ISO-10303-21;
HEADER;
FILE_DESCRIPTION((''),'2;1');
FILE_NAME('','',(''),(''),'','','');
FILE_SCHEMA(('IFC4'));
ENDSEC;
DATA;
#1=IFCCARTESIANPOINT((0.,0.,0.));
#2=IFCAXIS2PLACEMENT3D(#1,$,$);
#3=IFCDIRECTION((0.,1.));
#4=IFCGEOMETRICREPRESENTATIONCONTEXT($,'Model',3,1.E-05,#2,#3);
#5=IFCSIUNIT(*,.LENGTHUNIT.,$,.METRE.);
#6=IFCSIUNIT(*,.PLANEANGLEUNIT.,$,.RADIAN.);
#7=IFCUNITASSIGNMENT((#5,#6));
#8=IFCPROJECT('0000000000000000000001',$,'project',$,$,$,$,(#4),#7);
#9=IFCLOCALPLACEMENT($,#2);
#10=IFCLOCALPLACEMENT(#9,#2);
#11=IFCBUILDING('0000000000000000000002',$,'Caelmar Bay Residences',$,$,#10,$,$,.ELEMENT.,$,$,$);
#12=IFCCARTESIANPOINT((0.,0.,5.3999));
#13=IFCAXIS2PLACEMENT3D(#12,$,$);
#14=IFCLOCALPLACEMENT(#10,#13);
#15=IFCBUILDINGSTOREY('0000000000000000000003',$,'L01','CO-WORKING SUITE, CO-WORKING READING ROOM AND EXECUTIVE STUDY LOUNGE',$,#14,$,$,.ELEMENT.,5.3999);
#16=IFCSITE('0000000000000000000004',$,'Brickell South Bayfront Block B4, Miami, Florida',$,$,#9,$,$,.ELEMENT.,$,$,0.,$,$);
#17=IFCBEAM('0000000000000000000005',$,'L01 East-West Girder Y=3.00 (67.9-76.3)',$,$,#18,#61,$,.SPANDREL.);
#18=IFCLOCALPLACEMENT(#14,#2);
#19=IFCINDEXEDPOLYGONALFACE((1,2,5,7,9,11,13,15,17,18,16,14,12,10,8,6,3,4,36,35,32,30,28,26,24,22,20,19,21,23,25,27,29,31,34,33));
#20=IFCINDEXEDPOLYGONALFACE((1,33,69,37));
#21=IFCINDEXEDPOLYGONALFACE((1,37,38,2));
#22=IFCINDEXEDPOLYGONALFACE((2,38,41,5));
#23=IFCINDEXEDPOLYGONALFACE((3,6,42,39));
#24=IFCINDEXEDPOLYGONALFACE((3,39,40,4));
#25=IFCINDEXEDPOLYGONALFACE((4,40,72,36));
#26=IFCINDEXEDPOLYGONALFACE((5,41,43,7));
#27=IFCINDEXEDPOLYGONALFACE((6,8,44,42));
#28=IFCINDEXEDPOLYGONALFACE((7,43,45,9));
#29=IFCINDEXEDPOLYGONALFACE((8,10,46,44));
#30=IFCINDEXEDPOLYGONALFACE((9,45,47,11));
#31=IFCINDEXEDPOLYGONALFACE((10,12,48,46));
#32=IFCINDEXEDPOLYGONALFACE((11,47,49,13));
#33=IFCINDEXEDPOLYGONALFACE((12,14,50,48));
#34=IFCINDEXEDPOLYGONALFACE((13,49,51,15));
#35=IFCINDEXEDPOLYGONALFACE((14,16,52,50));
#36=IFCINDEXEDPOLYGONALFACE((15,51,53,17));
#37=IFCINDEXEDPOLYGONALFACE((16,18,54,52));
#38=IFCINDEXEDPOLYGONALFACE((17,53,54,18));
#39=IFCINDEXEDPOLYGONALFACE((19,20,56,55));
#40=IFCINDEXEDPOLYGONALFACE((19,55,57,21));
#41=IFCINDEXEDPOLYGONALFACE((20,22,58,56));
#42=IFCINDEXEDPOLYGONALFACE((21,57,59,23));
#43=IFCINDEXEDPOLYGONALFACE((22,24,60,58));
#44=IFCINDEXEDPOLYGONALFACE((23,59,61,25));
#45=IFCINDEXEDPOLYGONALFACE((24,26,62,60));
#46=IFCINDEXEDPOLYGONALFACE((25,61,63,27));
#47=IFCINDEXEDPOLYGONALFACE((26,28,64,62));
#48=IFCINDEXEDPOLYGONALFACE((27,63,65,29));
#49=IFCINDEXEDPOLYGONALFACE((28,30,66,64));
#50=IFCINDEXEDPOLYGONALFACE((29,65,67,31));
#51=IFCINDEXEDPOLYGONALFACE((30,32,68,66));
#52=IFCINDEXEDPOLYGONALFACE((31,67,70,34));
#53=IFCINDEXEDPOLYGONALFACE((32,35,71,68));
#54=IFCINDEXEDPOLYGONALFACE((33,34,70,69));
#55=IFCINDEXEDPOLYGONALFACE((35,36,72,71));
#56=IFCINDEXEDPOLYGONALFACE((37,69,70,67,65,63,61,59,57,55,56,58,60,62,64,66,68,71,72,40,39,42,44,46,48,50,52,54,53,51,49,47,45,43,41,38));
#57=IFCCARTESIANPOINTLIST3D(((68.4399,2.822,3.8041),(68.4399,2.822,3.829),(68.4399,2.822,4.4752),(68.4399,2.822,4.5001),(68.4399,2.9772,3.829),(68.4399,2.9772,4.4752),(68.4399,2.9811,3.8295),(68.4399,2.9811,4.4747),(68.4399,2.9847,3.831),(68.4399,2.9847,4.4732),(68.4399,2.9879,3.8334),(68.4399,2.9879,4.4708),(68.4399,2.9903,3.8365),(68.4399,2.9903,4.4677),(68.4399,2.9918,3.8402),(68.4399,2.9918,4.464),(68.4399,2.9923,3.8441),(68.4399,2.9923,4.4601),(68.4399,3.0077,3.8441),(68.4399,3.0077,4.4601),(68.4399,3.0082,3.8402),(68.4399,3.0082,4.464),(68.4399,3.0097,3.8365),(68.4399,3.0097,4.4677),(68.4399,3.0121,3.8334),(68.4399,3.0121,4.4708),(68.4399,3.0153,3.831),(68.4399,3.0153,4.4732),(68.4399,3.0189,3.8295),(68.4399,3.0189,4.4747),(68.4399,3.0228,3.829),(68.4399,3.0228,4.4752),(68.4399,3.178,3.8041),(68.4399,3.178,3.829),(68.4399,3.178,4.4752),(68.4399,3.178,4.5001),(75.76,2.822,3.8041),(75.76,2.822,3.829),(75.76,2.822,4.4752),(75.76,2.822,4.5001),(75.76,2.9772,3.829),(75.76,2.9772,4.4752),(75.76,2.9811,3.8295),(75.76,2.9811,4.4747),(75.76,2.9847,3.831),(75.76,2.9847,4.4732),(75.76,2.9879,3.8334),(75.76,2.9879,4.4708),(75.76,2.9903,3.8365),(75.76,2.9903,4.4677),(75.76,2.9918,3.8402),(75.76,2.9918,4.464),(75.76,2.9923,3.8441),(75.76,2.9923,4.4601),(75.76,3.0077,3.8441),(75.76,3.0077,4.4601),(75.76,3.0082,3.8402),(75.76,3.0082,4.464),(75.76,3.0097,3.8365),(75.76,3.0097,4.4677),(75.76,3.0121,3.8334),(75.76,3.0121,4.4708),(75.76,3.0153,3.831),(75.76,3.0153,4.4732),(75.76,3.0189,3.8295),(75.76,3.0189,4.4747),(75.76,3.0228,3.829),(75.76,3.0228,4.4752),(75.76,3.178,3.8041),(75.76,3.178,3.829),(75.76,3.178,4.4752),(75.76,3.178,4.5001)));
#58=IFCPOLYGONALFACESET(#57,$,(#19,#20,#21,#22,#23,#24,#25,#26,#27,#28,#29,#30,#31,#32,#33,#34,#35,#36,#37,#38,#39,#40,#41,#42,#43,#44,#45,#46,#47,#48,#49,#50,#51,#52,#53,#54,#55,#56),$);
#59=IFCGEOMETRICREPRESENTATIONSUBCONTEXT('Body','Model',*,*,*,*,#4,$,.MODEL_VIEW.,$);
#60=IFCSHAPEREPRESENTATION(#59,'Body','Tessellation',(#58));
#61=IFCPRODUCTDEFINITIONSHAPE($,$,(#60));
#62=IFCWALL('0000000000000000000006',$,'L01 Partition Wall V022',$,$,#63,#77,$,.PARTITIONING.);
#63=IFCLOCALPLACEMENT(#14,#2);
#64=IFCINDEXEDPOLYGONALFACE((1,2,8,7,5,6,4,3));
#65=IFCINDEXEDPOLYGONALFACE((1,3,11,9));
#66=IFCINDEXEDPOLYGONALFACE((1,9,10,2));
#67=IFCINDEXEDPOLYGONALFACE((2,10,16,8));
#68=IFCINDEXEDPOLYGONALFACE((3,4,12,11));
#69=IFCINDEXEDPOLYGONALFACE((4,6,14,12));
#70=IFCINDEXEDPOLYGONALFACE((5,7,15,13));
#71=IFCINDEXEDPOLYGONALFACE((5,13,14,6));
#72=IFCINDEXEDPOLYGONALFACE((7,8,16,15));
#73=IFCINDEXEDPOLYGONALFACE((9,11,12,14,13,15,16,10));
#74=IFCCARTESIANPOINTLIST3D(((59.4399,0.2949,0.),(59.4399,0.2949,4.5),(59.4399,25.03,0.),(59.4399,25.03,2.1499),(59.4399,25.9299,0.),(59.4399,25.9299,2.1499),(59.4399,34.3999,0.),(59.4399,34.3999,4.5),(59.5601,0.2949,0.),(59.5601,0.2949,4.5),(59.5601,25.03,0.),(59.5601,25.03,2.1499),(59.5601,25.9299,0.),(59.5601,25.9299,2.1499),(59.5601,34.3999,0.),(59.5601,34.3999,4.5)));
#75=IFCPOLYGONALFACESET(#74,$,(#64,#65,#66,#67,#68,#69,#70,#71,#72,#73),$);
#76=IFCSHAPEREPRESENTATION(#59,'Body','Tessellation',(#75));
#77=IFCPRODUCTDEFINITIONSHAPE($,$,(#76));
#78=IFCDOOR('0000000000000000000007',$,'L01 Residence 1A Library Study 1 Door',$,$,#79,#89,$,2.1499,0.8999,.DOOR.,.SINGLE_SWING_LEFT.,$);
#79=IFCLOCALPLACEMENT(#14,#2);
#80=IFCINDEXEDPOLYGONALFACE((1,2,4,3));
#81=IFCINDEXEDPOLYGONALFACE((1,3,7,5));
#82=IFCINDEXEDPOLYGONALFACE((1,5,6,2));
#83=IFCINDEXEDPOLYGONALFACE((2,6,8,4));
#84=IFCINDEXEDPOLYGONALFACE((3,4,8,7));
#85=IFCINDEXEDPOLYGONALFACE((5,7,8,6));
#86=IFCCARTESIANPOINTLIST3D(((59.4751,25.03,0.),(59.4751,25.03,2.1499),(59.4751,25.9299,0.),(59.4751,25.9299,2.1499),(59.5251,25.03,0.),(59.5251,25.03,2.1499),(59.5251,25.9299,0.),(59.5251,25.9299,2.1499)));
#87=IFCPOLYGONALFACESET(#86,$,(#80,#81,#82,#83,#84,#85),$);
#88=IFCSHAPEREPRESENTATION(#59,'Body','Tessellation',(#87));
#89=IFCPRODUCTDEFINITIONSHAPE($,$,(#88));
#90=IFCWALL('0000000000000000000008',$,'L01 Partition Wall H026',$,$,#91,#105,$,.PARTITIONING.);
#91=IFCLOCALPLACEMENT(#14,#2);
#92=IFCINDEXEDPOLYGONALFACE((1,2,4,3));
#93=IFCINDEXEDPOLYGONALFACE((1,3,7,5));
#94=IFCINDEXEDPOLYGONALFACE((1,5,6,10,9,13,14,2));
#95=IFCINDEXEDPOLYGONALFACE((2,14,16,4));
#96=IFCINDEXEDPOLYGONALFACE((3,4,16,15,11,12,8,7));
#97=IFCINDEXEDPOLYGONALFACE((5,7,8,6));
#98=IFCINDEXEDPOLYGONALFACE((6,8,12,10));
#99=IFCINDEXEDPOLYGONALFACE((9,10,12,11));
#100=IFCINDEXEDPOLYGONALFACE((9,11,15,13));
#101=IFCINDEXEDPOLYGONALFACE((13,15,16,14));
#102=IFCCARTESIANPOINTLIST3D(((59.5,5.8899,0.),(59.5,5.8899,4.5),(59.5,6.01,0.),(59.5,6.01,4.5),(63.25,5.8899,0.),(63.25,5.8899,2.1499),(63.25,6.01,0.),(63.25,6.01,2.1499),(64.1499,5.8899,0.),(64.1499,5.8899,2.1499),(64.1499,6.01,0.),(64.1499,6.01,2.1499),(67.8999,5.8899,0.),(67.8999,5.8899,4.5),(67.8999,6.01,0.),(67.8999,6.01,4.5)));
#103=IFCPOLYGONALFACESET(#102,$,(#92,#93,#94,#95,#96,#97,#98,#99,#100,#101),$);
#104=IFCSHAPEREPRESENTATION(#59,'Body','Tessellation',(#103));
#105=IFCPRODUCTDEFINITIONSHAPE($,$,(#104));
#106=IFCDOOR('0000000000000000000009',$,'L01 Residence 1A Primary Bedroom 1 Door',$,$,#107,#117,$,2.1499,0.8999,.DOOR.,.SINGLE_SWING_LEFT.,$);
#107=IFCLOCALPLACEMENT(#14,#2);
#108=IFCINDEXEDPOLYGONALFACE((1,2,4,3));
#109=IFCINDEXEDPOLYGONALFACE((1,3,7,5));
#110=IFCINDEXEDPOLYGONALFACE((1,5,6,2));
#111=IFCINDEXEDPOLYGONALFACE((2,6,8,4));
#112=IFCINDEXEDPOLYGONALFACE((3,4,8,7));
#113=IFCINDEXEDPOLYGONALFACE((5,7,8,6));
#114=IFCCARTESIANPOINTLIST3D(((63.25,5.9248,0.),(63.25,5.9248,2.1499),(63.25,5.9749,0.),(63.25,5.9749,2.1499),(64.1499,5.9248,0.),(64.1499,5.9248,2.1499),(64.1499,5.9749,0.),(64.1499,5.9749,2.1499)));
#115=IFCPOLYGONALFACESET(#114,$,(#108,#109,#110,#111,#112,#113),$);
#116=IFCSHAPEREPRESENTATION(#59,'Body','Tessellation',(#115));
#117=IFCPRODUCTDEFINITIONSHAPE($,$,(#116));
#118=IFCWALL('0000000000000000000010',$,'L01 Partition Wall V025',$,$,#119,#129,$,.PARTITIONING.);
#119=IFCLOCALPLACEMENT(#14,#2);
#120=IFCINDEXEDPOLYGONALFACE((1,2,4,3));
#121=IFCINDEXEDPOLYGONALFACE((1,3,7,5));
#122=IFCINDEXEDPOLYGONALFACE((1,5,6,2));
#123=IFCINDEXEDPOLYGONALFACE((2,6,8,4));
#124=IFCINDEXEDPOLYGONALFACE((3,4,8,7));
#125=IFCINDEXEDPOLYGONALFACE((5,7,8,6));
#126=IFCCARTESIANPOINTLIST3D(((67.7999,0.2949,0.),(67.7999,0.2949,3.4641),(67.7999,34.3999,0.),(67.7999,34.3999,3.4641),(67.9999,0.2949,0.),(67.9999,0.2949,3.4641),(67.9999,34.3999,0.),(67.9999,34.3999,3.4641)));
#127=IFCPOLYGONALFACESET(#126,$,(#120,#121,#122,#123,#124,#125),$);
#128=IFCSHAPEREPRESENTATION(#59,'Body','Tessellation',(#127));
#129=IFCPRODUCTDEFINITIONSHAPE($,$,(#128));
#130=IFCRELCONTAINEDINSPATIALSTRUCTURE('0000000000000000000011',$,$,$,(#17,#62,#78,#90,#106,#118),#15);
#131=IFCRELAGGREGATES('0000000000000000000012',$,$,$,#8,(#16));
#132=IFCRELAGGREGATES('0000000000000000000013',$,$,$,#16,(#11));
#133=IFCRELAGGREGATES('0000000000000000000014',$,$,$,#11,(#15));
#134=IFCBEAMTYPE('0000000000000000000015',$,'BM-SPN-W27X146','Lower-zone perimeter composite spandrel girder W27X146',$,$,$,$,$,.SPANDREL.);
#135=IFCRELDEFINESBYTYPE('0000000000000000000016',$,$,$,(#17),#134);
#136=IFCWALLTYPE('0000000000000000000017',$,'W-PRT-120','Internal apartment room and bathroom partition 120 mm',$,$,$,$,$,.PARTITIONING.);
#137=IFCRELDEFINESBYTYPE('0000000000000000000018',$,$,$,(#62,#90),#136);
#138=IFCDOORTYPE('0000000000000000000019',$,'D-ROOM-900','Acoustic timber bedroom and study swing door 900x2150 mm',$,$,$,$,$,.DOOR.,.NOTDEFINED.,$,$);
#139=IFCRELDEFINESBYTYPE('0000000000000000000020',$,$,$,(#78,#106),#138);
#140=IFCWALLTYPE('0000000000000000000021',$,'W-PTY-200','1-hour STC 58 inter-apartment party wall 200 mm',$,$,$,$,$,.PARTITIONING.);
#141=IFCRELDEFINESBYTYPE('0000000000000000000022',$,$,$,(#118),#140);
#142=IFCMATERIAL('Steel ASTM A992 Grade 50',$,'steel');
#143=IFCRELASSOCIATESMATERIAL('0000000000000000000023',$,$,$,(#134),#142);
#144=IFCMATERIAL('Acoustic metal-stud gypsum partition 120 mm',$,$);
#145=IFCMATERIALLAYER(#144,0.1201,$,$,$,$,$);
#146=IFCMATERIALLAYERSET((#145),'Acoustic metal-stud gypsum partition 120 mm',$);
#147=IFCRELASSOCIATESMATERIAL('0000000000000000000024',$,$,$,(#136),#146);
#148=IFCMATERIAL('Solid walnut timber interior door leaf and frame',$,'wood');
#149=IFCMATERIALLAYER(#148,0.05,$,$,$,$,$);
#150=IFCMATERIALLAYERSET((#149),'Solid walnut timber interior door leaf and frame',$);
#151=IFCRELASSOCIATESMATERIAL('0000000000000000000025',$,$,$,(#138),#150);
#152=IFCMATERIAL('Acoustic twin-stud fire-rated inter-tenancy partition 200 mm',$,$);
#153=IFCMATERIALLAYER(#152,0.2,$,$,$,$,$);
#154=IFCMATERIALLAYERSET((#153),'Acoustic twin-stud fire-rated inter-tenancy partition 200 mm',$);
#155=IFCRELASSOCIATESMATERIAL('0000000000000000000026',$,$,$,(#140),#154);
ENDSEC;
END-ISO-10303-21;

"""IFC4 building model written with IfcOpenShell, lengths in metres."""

from ifc_helpers import new_model, si_unit, direction, frame, frame_2d, origin, origin_2d, place, context, subcontext, project, spatial, rectangle, i_section, extrude, material, layer, layer_set, material_profile, profile_set, type_object, element, fill, save


model = new_model("IFC4")

# Units and contexts
model_context = context("Model", 3, precision=1e-05, world=origin(), true_north=direction((0.0, 1.0)))
body_context = subcontext(model_context, "Body", "Model", "MODEL_VIEW")
ifc_project = project(units=[si_unit("LENGTHUNIT", "METRE"), si_unit("PLANEANGLEUNIT", "RADIAN")], contexts=[model_context])

# Site, building, storey
site_placement = place(None, origin())
site = spatial("IfcSite", under=ifc_project, at=site_placement, Name="Brickell South Bayfront Block B4, Miami, Florida", CompositionType="ELEMENT", RefElevation=0.0)
building_placement = place(site_placement, origin())
building = spatial("IfcBuilding", under=site, at=building_placement, Name="Caelmar Bay Residences", CompositionType="ELEMENT")
storey_placement = place(building_placement, frame((0.0, 0.0, 5.3999)))
storey = spatial("IfcBuildingStorey", under=building, at=storey_placement, Name="L01", Description="CO-WORKING SUITE, CO-WORKING READING ROOM AND EXECUTIVE STUDY LOUNGE", CompositionType="ELEMENT", Elevation=5.3999)

# Beam
ifc_material_1 = material(Name="Steel ASTM A992 Grade 50", Category="steel")
ifc_material_profile_1 = material_profile(ifc_material_1, i_section(OverallWidth=0.356, OverallDepth=0.696, WebThickness=0.0154, FlangeThickness=0.0249, FilletRadius=0.0151, at=origin_2d()), Name="W27X146")
ifc_profile_set_1 = profile_set([ifc_material_profile_1], Name="Steel ASTM A992 Grade 50")
beam_type_1 = type_object("IfcBeamType", Name="BM-SPN-W27X146", Description="Lower-zone perimeter composite spandrel girder W27X146", PredefinedType="SPANDREL", material=ifc_profile_set_1)
beam_1_placement = place(storey_placement, frame((68.4399, 3.0, 4.1521), z_axis=(1.0, 0.0, 0.0), x_axis=(0.0, 1.0, 0.0)))
element("IfcBeam", 1, at=beam_1_placement, inside=storey, type_object=beam_type_1, Name="L01 East-West Girder Y=3.00 (67.9-76.3)", PredefinedType="SPANDREL", context=body_context, shape_type="SweptSolid", body=[
    extrude(i_section(OverallWidth=0.356, OverallDepth=0.696, WebThickness=0.0154, FlangeThickness=0.0249, FilletRadius=0.0151, at=origin_2d()), origin(), (0.0, 0.0, 1.0), 7.3201),
])

# Walls, openings, doors
ifc_material_2 = material(Name="Acoustic metal-stud gypsum partition 120 mm")
ifc_layer_1 = layer(ifc_material_2, 0.1201)
ifc_layer_set_1 = layer_set([ifc_layer_1], Name="Acoustic metal-stud gypsum partition 120 mm")
wall_type_1 = type_object("IfcWallType", Name="W-PRT-120", Description="Internal apartment room and bathroom partition 120 mm", PredefinedType="PARTITIONING", material=ifc_layer_set_1)
wall_1_placement = place(storey_placement, frame((59.5, 0.2949, 0.0), z_axis=(0.0, 0.0, 1.0), x_axis=(0.0, 1.0, 0.0)))
wall_1 = element("IfcWall", 2, at=wall_1_placement, inside=storey, type_object=wall_type_1, Name="L01 Partition Wall V022", PredefinedType="PARTITIONING", context=body_context, shape_type="SweptSolid", body=[
    extrude(rectangle(XDim=34.105, YDim=0.1201, at=frame_2d((17.0525, 0.0))), origin(), (0.0, 0.0, 1.0), 4.5),
])
opening_1_placement = place(wall_1_placement, frame((24.7351, 0.0, 0.0)))
opening_1 = element("IfcOpeningElement", 3, at=opening_1_placement, cuts=wall_1, PredefinedType="OPENING", context=body_context, shape_type="SweptSolid", body=[
    extrude(rectangle(XDim=0.8999, YDim=2.1499, at=frame_2d((0.45, 1.075))), frame((0.0, 0.0701, 0.0), z_axis=(0.0, -1.0, 0.0), x_axis=(1.0, 0.0, 0.0)), (0.0, 0.0, 1.0), 0.1401),
])
ifc_material_3 = material(Name="Solid walnut timber interior door leaf and frame", Category="wood")
ifc_layer_2 = layer(ifc_material_3, 0.05)
ifc_layer_set_2 = layer_set([ifc_layer_2], Name="Solid walnut timber interior door leaf and frame")
door_type = type_object("IfcDoorType", Name="D-ROOM-900", Description="Acoustic timber bedroom and study swing door 900x2150 mm", OperationType="NOTDEFINED", PredefinedType="DOOR", material=ifc_layer_set_2)
door_1_placement = place(opening_1_placement, origin())
door_1 = element("IfcDoor", 4, at=door_1_placement, inside=storey, type_object=door_type, Name="L01 Residence 1A Library Study 1 Door", OperationType="SINGLE_SWING_LEFT", OverallHeight=2.1499, OverallWidth=0.8999, PredefinedType="DOOR", context=body_context, shape_type="SweptSolid", body=[
    extrude(rectangle(XDim=0.8999, YDim=2.1499, at=frame_2d((0.45, 1.075))), frame((0.0, 0.0249, 0.0), z_axis=(0.0, -1.0, 0.0), x_axis=(1.0, 0.0, 0.0)), (0.0, 0.0, 1.0), 0.05),
])
fill(opening_1, door_1)
wall_2_placement = place(storey_placement, frame((59.5, 5.95, 0.0), z_axis=(0.0, 0.0, 1.0), x_axis=(1.0, 0.0, 0.0)))
wall_2 = element("IfcWall", 5, at=wall_2_placement, inside=storey, type_object=wall_type_1, Name="L01 Partition Wall H026", PredefinedType="PARTITIONING", context=body_context, shape_type="SweptSolid", body=[
    extrude(rectangle(XDim=8.3999, YDim=0.1201, at=frame_2d((4.2, 0.0))), origin(), (0.0, 0.0, 1.0), 4.5),
])
opening_2_placement = place(wall_2_placement, frame((3.75, 0.0, 0.0)))
opening_2 = element("IfcOpeningElement", 6, at=opening_2_placement, cuts=wall_2, PredefinedType="OPENING", context=body_context, shape_type="SweptSolid", body=[
    extrude(rectangle(XDim=0.8999, YDim=2.1499, at=frame_2d((0.45, 1.075))), frame((0.0, 0.0701, 0.0), z_axis=(0.0, -1.0, 0.0), x_axis=(1.0, 0.0, 0.0)), (0.0, 0.0, 1.0), 0.1401),
])
door_2_placement = place(opening_2_placement, origin())
door_2 = element("IfcDoor", 7, at=door_2_placement, inside=storey, type_object=door_type, Name="L01 Residence 1A Primary Bedroom 1 Door", OperationType="SINGLE_SWING_LEFT", OverallHeight=2.1499, OverallWidth=0.8999, PredefinedType="DOOR", context=body_context, shape_type="SweptSolid", body=[
    extrude(rectangle(XDim=0.8999, YDim=2.1499, at=frame_2d((0.45, 1.075))), frame((0.0, 0.0249, 0.0), z_axis=(0.0, -1.0, 0.0), x_axis=(1.0, 0.0, 0.0)), (0.0, 0.0, 1.0), 0.05),
])
fill(opening_2, door_2)

# Wall
ifc_material_4 = material(Name="Acoustic twin-stud fire-rated inter-tenancy partition 200 mm")
ifc_layer_3 = layer(ifc_material_4, 0.2)
ifc_layer_set_3 = layer_set([ifc_layer_3], Name="Acoustic twin-stud fire-rated inter-tenancy partition 200 mm")
wall_type_2 = type_object("IfcWallType", Name="W-PTY-200", Description="1-hour STC 58 inter-apartment party wall 200 mm", PredefinedType="PARTITIONING", material=ifc_layer_set_3)
wall_3_placement = place(storey_placement, frame((67.8999, 0.2949, 0.0), z_axis=(0.0, 0.0, 1.0), x_axis=(0.0, 1.0, 0.0)))
element("IfcWall", 8, at=wall_3_placement, inside=storey, type_object=wall_type_2, Name="L01 Partition Wall V025", PredefinedType="PARTITIONING", context=body_context, shape_type="SweptSolid", body=[
    extrude(rectangle(XDim=34.105, YDim=0.2, at=frame_2d((17.0525, 0.0))), origin(), (0.0, 0.0, 1.0), 3.4641),
])

save(model, "model.ifc")
